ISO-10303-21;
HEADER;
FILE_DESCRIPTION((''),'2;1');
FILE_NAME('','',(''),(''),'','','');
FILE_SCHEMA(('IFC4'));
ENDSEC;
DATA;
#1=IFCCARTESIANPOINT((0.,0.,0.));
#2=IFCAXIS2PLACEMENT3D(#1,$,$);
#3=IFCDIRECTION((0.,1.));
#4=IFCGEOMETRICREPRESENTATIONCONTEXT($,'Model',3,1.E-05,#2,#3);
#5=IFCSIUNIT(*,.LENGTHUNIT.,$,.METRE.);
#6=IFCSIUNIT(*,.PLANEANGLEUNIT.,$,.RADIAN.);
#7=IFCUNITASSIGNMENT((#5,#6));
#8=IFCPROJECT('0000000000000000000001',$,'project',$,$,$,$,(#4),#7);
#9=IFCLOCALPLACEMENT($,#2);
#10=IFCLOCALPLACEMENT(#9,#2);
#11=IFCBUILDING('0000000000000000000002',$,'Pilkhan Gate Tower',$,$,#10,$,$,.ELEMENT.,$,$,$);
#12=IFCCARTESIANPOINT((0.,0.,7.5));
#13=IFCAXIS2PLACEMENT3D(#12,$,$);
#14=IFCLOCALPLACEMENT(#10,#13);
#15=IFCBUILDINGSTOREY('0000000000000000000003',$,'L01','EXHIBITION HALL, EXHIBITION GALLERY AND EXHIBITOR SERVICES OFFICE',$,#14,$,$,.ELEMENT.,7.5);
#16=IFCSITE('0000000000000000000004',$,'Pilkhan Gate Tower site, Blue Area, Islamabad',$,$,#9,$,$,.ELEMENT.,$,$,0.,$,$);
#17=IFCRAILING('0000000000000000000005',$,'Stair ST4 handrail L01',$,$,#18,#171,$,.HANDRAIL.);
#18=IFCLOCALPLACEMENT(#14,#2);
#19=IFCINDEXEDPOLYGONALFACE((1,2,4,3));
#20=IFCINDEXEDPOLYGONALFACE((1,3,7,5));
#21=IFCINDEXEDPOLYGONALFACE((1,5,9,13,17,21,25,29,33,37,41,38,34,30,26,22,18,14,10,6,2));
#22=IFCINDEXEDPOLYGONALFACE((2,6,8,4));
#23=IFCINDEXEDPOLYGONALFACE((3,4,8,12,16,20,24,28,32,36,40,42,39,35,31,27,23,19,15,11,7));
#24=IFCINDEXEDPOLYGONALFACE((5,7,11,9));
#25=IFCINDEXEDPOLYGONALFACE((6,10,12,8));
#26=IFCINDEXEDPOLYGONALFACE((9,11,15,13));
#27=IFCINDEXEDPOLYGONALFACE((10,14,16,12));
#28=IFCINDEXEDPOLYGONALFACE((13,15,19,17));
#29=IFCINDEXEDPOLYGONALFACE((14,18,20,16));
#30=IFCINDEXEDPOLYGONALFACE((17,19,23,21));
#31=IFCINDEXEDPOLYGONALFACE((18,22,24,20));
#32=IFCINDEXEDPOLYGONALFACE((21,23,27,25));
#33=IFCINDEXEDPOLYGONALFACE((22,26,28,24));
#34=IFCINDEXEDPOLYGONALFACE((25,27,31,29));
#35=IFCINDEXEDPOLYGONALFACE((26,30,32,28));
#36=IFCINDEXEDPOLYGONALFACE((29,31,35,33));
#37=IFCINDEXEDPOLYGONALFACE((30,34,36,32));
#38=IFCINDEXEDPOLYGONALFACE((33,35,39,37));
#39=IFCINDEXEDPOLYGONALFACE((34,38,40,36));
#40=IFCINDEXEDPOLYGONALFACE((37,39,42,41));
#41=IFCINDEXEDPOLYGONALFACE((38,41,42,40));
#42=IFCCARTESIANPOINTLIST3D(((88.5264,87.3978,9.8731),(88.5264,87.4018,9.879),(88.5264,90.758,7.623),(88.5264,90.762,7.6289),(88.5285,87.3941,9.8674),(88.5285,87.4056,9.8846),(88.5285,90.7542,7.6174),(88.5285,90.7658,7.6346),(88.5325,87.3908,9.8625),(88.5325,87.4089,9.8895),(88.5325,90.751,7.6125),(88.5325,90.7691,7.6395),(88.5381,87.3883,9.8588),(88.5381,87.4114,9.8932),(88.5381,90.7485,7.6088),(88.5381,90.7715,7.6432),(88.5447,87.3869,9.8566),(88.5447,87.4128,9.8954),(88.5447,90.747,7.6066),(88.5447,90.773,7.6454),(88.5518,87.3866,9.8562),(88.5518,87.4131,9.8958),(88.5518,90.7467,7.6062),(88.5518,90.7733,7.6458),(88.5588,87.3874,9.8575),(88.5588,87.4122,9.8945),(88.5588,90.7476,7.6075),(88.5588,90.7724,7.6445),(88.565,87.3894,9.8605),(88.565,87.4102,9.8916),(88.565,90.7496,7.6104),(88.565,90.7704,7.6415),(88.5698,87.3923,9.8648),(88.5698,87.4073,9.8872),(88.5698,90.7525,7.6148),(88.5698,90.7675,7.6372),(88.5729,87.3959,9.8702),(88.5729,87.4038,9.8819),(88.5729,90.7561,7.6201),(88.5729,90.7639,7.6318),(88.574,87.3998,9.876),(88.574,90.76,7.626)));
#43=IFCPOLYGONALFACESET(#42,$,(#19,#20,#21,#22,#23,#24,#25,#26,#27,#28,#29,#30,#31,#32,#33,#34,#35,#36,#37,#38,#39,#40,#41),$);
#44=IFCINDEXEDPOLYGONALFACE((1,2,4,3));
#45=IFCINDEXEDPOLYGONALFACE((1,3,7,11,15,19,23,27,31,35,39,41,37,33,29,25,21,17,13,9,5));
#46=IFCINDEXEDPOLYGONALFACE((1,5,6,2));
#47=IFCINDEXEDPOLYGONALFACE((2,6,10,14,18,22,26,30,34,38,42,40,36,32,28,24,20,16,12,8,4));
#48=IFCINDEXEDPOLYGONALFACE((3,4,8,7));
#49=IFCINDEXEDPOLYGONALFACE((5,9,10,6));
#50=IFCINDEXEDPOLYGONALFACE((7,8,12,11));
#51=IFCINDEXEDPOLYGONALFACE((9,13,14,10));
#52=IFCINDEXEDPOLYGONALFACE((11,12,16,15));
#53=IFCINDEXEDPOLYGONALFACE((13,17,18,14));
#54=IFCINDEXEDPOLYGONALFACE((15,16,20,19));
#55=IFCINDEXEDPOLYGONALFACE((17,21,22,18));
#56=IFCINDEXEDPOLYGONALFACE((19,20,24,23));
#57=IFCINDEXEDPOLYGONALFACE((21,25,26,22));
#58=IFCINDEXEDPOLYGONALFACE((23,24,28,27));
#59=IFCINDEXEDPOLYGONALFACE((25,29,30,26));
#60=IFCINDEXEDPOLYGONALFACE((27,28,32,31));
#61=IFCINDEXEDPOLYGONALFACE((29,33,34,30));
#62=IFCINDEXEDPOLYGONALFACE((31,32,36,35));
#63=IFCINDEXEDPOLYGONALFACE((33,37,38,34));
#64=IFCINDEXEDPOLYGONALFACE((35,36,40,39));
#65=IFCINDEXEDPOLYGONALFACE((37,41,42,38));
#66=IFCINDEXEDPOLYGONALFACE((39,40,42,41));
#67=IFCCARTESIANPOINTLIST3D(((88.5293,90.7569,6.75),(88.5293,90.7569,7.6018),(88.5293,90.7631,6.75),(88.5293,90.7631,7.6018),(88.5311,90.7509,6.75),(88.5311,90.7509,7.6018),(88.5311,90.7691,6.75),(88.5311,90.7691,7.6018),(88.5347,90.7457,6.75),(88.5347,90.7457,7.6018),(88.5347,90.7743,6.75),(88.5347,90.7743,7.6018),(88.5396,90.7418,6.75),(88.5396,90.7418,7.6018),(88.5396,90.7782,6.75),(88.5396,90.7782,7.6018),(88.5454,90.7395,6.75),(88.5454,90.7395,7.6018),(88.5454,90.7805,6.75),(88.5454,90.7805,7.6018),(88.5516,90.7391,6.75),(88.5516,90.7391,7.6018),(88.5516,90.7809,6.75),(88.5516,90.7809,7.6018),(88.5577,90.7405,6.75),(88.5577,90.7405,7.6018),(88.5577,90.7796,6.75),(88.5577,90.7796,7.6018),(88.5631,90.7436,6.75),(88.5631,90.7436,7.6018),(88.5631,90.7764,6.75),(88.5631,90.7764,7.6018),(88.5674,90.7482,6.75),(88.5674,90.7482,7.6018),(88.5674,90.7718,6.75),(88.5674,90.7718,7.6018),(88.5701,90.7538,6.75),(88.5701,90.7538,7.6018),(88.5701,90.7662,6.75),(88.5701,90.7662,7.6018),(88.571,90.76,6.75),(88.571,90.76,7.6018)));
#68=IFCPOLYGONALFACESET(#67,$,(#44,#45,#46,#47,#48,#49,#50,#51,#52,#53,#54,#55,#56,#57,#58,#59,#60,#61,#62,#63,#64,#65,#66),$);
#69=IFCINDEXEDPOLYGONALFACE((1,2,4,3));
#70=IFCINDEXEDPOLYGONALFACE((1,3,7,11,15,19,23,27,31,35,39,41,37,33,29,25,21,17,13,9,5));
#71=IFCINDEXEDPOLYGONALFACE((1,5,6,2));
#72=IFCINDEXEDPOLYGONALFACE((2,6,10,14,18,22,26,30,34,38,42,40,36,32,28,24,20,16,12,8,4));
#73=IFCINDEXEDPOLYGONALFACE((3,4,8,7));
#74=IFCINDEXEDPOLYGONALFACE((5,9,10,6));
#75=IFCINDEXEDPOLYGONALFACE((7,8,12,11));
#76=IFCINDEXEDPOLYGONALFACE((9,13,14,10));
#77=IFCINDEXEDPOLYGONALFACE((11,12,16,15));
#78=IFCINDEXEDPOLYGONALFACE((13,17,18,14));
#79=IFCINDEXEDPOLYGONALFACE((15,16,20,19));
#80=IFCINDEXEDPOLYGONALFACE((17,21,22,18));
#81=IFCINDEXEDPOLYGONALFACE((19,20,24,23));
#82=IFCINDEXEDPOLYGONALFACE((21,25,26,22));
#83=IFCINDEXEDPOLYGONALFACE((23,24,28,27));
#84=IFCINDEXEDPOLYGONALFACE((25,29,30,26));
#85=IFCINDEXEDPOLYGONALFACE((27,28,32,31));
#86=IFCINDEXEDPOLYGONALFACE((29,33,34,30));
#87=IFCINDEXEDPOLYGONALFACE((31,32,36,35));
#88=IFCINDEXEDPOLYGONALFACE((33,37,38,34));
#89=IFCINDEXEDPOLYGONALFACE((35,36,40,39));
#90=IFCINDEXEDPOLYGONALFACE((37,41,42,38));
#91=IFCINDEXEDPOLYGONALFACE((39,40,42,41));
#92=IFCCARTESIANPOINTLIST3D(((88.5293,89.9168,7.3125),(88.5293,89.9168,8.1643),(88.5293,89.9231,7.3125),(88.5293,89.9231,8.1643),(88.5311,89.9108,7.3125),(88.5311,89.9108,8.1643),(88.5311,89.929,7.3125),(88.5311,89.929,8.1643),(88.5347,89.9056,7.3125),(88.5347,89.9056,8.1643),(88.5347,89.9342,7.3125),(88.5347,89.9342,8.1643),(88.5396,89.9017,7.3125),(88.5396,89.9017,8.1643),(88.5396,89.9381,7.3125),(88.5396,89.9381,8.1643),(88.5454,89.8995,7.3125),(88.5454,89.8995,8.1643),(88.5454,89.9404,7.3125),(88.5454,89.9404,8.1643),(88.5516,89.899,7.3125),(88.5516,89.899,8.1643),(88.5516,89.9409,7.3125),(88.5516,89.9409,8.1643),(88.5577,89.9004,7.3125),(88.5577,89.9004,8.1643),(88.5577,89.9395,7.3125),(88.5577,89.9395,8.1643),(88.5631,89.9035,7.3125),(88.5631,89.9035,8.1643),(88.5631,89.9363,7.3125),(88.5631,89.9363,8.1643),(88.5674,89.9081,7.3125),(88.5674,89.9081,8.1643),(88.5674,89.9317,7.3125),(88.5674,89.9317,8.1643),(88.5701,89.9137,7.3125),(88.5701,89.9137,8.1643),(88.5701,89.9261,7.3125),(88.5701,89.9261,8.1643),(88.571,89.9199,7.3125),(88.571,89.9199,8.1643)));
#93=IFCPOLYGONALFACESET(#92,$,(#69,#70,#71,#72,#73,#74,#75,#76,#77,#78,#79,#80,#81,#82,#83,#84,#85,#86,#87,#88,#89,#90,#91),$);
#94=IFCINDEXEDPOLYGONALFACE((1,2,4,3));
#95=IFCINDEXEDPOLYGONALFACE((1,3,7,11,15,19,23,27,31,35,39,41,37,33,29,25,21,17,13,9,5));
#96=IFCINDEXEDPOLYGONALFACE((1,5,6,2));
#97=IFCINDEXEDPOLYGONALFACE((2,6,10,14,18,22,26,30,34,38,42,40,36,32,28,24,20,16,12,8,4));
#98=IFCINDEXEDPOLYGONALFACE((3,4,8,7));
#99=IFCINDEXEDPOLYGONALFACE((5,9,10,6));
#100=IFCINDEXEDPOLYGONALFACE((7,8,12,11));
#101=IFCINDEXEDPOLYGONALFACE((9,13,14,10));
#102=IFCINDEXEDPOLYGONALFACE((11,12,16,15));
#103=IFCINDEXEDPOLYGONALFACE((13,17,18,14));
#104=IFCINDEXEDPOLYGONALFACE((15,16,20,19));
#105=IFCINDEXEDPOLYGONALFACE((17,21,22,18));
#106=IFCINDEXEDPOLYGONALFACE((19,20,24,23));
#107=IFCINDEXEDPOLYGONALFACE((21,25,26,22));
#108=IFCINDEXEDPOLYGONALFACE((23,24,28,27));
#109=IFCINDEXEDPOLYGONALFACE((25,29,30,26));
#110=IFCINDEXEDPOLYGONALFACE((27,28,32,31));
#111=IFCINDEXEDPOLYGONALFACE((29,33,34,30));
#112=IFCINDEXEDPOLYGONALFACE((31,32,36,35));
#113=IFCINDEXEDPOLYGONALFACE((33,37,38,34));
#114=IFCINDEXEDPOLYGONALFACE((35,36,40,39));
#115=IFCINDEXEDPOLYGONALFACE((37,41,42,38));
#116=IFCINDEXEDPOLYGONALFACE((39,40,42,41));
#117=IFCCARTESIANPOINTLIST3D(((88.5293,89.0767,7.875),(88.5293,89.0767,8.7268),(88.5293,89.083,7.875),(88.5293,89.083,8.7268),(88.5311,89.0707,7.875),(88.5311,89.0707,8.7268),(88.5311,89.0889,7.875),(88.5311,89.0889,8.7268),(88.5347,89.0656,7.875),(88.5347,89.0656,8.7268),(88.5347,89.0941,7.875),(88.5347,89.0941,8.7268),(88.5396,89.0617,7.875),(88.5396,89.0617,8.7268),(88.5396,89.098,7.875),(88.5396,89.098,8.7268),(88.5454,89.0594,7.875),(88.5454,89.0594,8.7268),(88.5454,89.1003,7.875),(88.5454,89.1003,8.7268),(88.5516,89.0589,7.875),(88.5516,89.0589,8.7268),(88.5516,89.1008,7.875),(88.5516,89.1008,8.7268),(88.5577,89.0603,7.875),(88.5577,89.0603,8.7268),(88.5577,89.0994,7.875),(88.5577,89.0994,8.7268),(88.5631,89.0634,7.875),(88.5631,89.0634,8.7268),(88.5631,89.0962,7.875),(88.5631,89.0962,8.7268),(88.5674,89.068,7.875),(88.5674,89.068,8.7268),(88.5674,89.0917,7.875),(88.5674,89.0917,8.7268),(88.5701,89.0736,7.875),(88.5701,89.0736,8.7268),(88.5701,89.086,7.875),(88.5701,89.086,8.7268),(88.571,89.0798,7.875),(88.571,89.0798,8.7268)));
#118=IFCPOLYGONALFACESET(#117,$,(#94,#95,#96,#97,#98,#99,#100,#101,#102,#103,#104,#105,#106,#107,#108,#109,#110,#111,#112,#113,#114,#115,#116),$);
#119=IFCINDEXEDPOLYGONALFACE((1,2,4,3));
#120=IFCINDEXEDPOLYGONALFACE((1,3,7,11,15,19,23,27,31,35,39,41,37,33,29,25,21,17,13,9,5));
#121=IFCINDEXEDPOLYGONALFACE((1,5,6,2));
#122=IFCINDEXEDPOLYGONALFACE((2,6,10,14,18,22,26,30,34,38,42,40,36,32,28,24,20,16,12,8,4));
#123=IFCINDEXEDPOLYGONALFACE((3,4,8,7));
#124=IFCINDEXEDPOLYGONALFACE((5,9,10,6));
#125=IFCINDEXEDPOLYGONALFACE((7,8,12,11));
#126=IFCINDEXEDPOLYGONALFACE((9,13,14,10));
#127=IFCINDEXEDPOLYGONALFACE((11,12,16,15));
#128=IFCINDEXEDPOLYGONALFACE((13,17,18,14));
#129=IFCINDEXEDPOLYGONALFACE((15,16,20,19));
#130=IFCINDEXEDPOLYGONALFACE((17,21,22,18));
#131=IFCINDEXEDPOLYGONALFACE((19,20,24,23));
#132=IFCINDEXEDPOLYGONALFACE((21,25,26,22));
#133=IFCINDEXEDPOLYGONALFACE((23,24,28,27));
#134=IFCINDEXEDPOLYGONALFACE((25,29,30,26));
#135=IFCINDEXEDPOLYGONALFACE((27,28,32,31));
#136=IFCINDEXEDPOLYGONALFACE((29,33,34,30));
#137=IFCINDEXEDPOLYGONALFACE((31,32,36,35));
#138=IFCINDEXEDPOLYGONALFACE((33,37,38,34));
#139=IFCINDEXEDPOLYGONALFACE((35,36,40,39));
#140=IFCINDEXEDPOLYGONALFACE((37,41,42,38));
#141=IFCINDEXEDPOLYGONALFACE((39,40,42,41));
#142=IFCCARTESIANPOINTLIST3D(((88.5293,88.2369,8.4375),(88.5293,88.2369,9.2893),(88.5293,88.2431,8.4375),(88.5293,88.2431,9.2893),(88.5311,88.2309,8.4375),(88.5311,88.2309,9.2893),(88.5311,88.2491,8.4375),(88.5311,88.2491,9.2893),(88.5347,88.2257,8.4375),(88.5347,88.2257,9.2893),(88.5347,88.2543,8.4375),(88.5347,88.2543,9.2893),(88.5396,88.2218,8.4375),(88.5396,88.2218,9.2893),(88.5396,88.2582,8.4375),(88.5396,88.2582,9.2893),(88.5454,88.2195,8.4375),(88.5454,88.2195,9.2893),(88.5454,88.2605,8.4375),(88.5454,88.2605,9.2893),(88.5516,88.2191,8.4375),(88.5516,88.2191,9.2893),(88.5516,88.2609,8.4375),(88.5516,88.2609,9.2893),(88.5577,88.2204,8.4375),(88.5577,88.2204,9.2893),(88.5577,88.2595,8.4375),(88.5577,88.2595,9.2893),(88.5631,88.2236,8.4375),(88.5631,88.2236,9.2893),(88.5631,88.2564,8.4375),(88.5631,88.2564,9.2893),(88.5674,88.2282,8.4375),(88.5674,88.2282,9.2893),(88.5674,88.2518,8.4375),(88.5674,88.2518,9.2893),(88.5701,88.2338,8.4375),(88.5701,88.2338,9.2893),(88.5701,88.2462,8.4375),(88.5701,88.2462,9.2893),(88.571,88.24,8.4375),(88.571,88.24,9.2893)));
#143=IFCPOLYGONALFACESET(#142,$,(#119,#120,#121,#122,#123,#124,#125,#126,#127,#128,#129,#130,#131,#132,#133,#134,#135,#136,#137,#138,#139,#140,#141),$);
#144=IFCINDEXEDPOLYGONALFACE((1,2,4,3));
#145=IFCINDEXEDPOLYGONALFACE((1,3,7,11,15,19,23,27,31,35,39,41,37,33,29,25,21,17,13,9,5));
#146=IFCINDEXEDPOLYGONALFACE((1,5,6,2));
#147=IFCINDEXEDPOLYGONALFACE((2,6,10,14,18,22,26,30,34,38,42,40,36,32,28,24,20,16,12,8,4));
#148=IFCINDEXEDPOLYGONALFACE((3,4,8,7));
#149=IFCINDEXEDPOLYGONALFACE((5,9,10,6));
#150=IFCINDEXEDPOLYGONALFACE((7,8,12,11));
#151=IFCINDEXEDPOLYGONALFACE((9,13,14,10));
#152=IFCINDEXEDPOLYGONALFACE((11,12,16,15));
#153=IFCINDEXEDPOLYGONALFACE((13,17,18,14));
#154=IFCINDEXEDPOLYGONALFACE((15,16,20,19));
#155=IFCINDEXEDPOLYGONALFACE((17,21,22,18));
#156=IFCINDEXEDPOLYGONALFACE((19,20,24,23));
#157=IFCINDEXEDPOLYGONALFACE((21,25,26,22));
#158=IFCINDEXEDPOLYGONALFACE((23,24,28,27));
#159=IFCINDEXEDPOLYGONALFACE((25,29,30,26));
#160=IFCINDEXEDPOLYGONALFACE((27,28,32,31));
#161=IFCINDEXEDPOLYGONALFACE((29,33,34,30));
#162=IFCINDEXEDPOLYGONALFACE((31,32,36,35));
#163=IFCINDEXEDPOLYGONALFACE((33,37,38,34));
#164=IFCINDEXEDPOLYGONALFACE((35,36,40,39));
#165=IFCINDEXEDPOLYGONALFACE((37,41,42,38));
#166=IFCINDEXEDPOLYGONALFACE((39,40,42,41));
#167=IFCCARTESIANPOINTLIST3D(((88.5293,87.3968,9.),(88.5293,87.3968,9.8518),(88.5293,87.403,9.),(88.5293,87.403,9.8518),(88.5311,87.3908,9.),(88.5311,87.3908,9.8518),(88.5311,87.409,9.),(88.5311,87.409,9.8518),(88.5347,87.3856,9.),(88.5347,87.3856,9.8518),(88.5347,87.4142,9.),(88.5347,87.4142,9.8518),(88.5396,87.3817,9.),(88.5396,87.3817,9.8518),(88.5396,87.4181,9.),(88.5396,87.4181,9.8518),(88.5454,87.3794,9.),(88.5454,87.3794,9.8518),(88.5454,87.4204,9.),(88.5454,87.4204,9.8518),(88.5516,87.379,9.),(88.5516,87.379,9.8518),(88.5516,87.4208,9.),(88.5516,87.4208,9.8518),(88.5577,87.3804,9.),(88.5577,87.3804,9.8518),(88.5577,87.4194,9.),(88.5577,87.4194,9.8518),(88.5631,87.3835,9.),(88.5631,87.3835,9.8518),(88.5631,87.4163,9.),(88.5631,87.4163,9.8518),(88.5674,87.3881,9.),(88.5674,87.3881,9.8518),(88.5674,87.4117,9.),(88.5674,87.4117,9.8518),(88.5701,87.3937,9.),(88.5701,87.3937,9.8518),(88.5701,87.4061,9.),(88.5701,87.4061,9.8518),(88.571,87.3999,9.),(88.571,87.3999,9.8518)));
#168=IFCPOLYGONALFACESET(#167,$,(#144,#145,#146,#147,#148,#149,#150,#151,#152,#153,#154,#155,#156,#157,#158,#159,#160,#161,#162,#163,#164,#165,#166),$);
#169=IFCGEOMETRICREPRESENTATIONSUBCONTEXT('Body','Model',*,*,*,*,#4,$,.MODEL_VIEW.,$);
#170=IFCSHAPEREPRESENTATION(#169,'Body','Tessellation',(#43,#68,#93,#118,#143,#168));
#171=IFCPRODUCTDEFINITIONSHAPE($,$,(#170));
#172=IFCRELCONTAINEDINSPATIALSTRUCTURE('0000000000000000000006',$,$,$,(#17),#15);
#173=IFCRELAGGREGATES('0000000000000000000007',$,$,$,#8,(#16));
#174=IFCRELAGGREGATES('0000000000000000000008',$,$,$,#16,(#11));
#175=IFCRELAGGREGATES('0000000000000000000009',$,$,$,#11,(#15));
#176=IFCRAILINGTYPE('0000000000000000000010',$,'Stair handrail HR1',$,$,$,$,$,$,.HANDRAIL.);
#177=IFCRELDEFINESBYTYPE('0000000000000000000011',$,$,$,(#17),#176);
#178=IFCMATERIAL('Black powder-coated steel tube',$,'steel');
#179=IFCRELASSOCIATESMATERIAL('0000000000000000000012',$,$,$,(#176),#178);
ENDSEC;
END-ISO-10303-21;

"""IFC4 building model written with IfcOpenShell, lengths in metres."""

from ifc_helpers import new_model, si_unit, direction, frame, origin, origin_2d, place, context, subcontext, project, spatial, circle, extrude, material, type_object, element, save


model = new_model("IFC4")

# Units and contexts
model_context = context("Model", 3, precision=1e-05, world=origin(), true_north=direction((0.0, 1.0)))
body_context = subcontext(model_context, "Body", "Model", "MODEL_VIEW")
ifc_project = project(units=[si_unit("LENGTHUNIT", "METRE"), si_unit("PLANEANGLEUNIT", "RADIAN")], contexts=[model_context])

# Site, building, storey
site_placement = place(None, origin())
site = spatial("IfcSite", under=ifc_project, at=site_placement, Name="Pilkhan Gate Tower site, Blue Area, Islamabad", CompositionType="ELEMENT", RefElevation=0.0)
building_placement = place(site_placement, origin())
building = spatial("IfcBuilding", under=site, at=building_placement, Name="Pilkhan Gate Tower", CompositionType="ELEMENT")
storey_placement = place(building_placement, frame((0.0, 0.0, 7.5)))
storey = spatial("IfcBuildingStorey", under=building, at=storey_placement, Name="L01", Description="EXHIBITION HALL, EXHIBITION GALLERY AND EXHIBITOR SERVICES OFFICE", CompositionType="ELEMENT", Elevation=7.5)

# Railing
ifc_material_1 = material(Name="Black powder-coated steel tube", Category="steel")
railing_type_1 = type_object("IfcRailingType", Name="Stair handrail HR1", PredefinedType="HANDRAIL", material=ifc_material_1)
for number, where, name in (
    (1, (88.55, 90.76, 6.75), "Stair ST4 handrail L01"),
):
    element("IfcRailing", number, at=place(storey_placement, frame(where)), inside=storey, type_object=railing_type_1, Name=name, PredefinedType="HANDRAIL", context=body_context, shape_type="SweptSolid", body=[
        extrude(circle(Radius=0.0239, at=origin_2d()), frame((0.0, 0.0, 0.876), z_axis=(0.0, -0.830915, 0.556399), x_axis=(1.0, 0.0, 0.0)), (0.0, 0.0, 1.0), 4.0439),
        extrude(circle(Radius=0.021, at=origin_2d()), origin(), (0.0, 0.0, 1.0), 0.8518),
        extrude(circle(Radius=0.021, at=origin_2d()), frame((0.0, -0.8401, 0.5625)), (0.0, 0.0, 1.0), 0.8518),
        extrude(circle(Radius=0.021, at=origin_2d()), frame((0.0, -1.6802, 1.125)), (0.0, 0.0, 1.0), 0.8518),
        extrude(circle(Radius=0.021, at=origin_2d()), frame((0.0, -2.52, 1.6875)), (0.0, 0.0, 1.0), 0.8518),
        extrude(circle(Radius=0.021, at=origin_2d()), frame((0.0, -3.3601, 2.25)), (0.0, 0.0, 1.0), 0.8518),
    ])

save(model, "model.ifc")
